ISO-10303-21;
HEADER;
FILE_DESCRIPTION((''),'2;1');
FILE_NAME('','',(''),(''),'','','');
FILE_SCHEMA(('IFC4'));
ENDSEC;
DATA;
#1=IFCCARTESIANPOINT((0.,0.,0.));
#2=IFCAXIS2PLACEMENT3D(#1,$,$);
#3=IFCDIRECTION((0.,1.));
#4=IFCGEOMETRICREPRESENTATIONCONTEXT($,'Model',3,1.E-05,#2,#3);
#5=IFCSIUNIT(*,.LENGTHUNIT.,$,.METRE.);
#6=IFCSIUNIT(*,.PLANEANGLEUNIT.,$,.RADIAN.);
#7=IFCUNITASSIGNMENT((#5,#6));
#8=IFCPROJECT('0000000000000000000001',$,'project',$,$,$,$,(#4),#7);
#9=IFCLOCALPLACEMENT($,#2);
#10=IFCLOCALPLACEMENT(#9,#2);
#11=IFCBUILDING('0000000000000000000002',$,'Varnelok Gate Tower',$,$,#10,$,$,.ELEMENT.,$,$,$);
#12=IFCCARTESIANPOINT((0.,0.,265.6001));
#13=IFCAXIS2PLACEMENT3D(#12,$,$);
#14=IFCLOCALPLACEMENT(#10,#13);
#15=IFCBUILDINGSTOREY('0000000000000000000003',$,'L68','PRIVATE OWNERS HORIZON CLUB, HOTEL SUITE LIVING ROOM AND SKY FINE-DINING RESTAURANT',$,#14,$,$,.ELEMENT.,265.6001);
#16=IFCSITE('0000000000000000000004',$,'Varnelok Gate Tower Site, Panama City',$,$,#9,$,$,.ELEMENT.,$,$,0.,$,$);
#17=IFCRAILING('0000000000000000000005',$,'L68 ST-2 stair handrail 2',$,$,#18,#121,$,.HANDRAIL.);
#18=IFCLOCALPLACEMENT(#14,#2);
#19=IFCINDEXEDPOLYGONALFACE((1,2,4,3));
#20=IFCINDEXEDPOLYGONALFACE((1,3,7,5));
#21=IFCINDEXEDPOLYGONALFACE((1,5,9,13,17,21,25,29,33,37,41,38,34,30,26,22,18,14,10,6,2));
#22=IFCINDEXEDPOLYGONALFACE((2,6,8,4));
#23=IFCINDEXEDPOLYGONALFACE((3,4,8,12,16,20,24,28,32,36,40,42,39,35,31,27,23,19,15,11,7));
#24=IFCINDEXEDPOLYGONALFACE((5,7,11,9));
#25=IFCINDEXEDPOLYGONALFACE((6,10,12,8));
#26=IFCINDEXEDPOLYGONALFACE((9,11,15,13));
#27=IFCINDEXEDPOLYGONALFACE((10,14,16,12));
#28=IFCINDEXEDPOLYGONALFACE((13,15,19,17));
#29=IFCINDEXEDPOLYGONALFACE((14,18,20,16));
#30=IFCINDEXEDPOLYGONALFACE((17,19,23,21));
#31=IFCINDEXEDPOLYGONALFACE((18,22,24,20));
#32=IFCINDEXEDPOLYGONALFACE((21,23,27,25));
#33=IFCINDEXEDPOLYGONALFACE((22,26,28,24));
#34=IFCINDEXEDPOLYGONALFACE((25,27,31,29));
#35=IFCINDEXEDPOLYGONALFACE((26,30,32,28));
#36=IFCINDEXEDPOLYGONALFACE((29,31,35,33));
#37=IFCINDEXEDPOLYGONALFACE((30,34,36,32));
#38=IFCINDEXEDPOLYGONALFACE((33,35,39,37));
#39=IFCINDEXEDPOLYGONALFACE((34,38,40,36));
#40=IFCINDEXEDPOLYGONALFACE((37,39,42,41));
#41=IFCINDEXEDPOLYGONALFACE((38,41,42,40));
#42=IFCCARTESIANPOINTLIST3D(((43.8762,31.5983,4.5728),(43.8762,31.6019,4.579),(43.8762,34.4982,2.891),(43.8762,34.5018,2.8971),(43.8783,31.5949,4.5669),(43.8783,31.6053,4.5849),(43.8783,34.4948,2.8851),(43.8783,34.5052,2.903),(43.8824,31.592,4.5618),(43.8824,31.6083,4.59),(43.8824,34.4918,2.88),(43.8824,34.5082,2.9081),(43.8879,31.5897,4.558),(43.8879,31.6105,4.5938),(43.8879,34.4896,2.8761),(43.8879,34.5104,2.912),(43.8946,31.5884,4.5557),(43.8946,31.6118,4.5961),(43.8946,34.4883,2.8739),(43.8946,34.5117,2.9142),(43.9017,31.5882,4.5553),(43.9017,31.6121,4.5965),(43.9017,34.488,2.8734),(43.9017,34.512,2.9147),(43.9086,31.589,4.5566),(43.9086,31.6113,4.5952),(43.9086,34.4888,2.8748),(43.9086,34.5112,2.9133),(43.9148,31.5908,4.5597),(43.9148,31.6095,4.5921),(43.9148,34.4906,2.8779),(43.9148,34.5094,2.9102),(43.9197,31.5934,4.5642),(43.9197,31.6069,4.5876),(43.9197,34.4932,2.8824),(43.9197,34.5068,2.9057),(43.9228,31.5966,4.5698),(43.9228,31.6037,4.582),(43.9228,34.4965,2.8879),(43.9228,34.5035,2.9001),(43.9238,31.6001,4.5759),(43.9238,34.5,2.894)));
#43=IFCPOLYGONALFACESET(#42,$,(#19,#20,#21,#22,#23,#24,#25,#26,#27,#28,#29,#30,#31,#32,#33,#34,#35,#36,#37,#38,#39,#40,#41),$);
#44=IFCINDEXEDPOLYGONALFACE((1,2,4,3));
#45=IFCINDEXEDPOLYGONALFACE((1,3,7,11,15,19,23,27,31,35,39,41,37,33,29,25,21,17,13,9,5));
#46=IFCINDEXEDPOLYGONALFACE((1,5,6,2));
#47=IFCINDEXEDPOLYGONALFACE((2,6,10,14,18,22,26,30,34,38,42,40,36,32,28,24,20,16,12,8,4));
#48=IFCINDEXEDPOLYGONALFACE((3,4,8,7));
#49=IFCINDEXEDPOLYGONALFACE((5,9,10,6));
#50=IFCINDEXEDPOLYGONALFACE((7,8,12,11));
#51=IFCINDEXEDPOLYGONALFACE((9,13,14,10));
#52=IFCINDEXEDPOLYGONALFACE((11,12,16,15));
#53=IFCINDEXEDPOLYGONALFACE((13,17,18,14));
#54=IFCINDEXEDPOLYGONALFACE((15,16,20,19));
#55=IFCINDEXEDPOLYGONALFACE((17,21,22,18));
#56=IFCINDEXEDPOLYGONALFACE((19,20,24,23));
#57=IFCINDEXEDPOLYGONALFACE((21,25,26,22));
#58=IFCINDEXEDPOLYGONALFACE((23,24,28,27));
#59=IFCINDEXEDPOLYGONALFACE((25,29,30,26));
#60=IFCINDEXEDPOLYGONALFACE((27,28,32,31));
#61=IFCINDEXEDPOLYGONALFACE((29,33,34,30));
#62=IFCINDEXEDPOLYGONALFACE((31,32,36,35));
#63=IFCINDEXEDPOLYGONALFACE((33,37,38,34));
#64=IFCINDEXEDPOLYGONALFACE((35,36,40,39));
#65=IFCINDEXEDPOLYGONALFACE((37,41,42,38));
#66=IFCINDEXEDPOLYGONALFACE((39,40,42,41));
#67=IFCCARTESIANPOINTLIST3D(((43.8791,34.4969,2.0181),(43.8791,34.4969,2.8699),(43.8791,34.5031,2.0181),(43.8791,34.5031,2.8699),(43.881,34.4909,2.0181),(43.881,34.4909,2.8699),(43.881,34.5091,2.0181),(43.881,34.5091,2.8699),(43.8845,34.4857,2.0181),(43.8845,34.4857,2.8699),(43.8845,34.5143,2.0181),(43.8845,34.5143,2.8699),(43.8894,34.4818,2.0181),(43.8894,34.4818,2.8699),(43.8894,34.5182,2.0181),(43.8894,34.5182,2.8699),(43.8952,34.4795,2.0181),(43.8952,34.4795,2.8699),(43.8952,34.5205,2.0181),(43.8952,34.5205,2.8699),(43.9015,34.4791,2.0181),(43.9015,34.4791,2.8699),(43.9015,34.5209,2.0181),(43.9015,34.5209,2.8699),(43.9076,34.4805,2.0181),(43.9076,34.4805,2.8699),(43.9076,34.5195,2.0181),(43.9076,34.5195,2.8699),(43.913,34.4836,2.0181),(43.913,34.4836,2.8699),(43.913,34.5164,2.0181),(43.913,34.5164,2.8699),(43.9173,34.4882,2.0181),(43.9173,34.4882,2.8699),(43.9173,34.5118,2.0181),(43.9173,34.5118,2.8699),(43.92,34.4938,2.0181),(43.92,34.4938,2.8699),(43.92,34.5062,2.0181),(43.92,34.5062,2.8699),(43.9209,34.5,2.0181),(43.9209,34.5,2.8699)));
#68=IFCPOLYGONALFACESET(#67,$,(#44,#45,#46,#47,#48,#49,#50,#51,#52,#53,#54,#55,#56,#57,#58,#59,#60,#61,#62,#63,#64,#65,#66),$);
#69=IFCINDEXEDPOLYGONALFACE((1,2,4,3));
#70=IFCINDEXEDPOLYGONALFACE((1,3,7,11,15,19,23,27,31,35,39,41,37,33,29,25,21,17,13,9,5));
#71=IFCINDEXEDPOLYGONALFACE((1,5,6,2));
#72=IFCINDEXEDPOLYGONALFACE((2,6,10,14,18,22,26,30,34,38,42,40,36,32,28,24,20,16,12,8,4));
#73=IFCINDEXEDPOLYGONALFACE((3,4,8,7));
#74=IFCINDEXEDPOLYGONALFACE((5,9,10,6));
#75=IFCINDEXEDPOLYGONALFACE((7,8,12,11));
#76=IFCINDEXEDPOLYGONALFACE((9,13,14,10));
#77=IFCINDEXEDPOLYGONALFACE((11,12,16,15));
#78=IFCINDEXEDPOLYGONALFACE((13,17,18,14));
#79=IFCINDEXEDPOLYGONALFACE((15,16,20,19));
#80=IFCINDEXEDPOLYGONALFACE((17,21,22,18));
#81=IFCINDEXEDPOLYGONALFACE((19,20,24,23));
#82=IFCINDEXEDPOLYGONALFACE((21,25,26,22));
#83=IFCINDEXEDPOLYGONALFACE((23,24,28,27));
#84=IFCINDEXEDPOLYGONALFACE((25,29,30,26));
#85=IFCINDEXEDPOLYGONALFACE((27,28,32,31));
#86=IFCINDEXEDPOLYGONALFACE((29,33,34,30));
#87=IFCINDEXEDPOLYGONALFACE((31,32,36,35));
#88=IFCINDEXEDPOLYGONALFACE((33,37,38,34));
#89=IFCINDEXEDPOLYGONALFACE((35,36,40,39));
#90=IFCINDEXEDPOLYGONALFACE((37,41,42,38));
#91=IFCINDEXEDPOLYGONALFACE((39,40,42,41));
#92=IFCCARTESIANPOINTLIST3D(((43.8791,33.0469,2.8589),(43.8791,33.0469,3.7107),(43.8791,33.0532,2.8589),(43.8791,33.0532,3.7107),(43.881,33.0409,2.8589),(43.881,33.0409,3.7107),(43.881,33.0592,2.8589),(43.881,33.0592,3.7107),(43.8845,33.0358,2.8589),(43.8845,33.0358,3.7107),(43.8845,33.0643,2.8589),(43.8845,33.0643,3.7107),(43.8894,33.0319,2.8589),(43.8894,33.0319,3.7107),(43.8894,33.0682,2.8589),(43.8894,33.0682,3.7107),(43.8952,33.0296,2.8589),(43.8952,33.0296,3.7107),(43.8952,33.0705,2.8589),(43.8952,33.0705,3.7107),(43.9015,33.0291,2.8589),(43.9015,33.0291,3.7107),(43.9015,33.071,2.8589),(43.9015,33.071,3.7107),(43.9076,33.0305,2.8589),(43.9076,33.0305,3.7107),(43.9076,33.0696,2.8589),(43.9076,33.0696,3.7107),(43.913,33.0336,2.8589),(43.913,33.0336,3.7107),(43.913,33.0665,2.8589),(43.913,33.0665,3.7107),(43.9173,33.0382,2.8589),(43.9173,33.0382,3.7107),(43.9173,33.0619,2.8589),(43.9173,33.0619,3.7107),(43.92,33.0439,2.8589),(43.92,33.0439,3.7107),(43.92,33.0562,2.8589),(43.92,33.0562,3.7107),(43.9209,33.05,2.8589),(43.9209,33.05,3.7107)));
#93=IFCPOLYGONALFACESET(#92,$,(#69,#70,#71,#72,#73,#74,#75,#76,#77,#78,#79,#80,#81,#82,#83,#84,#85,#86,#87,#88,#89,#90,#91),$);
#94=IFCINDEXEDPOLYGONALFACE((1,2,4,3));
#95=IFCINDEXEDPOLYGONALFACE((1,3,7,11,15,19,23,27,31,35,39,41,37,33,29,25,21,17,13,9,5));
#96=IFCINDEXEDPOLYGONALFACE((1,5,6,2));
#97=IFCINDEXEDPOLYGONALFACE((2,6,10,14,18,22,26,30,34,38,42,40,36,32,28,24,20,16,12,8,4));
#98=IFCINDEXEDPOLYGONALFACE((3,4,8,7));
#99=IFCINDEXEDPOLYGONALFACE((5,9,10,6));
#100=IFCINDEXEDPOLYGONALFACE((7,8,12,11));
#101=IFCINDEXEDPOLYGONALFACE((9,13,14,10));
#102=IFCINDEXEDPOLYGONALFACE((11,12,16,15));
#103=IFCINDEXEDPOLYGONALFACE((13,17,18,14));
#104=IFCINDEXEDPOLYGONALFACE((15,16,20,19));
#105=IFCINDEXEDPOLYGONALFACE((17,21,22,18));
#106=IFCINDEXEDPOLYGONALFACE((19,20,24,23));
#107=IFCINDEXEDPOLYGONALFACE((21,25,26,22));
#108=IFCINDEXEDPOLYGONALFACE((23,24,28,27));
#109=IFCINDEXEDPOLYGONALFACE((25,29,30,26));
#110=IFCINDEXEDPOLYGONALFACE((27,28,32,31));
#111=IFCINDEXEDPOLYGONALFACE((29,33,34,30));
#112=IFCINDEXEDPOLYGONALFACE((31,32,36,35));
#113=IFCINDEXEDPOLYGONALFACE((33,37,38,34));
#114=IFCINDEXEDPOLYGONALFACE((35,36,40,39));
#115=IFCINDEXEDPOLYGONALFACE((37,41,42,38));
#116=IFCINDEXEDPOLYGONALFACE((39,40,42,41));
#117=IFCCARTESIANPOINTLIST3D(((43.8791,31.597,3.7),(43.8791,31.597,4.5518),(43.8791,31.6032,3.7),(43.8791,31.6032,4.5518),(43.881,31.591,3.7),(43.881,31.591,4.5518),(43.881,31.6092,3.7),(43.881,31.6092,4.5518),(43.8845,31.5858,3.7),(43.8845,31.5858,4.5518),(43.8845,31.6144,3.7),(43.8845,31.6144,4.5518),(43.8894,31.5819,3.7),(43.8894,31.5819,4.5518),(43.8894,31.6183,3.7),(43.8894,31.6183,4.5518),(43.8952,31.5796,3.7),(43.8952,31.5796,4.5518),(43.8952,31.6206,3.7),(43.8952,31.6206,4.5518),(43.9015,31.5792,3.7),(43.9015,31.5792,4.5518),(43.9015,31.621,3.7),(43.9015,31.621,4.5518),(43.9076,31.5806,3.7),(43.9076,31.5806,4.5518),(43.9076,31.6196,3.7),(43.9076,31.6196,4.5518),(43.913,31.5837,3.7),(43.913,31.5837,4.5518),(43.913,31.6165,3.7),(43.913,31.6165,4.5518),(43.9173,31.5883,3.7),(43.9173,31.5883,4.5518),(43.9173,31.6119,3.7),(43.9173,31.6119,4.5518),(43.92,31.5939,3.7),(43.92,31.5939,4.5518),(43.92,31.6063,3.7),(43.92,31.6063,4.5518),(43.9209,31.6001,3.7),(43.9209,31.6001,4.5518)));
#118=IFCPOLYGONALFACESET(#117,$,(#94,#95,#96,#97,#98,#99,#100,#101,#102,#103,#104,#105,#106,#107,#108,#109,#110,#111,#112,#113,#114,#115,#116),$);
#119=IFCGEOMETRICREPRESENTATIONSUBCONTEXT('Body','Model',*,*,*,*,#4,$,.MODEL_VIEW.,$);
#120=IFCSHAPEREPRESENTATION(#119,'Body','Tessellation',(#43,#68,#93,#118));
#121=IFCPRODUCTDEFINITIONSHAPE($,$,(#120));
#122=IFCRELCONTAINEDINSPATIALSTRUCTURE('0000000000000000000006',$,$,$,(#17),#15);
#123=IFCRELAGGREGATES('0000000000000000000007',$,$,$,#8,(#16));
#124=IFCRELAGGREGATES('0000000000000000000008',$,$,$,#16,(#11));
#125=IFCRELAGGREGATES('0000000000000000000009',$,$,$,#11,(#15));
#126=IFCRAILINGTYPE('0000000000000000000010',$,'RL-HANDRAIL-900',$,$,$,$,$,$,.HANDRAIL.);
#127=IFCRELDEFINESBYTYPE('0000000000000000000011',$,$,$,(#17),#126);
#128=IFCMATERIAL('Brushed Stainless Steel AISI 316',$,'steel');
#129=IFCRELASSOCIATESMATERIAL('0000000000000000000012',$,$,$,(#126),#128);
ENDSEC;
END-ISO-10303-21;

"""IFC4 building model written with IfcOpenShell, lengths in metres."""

from ifc_helpers import new_model, si_unit, direction, frame, origin, origin_2d, place, context, subcontext, project, spatial, circle, extrude, material, type_object, element, save


model = new_model("IFC4")

# Units and contexts
model_context = context("Model", 3, precision=1e-05, world=origin(), true_north=direction((0.0, 1.0)))
body_context = subcontext(model_context, "Body", "Model", "MODEL_VIEW")
ifc_project = project(units=[si_unit("LENGTHUNIT", "METRE"), si_unit("PLANEANGLEUNIT", "RADIAN")], contexts=[model_context])

# Site, building, storey
site_placement = place(None, origin())
site = spatial("IfcSite", under=ifc_project, at=site_placement, Name="Varnelok Gate Tower Site, Panama City", CompositionType="ELEMENT", RefElevation=0.0)
building_placement = place(site_placement, origin())
building = spatial("IfcBuilding", under=site, at=building_placement, Name="Varnelok Gate Tower", CompositionType="ELEMENT")
storey_placement = place(building_placement, frame((0.0, 0.0, 265.6001)))
storey = spatial("IfcBuildingStorey", under=building, at=storey_placement, Name="L68", Description="PRIVATE OWNERS HORIZON CLUB, HOTEL SUITE LIVING ROOM AND SKY FINE-DINING RESTAURANT", CompositionType="ELEMENT", Elevation=265.6001)

# Railing
ifc_material_1 = material(Name="Brushed Stainless Steel AISI 316", Category="steel")
railing_type_1 = type_object("IfcRailingType", Name="RL-HANDRAIL-900", PredefinedType="HANDRAIL", material=ifc_material_1)
railing_1_placement = place(storey_placement, frame((43.8999, 34.5, 2.0181)))
element("IfcRailing", 1, at=railing_1_placement, inside=storey, type_object=railing_type_1, Name="L68 ST-2 stair handrail 2", PredefinedType="HANDRAIL", context=body_context, shape_type="SweptSolid", body=[
    extrude(circle(Radius=0.0239, at=origin_2d()), frame((0.0, 0.0, 0.876), z_axis=(0.0, -0.865039, 0.501705), x_axis=(1.0, 0.0, 0.0)), (0.0, 0.0, 1.0), 3.3523),
    extrude(circle(Radius=0.021, at=origin_2d()), origin(), (0.0, 0.0, 1.0), 0.8518),
    extrude(circle(Radius=0.021, at=origin_2d()), frame((0.0, -1.45, 0.8408)), (0.0, 0.0, 1.0), 0.8518),
    extrude(circle(Radius=0.021, at=origin_2d()), frame((0.0, -2.8999, 1.6819)), (0.0, 0.0, 1.0), 0.8518),
])

save(model, "model.ifc")
